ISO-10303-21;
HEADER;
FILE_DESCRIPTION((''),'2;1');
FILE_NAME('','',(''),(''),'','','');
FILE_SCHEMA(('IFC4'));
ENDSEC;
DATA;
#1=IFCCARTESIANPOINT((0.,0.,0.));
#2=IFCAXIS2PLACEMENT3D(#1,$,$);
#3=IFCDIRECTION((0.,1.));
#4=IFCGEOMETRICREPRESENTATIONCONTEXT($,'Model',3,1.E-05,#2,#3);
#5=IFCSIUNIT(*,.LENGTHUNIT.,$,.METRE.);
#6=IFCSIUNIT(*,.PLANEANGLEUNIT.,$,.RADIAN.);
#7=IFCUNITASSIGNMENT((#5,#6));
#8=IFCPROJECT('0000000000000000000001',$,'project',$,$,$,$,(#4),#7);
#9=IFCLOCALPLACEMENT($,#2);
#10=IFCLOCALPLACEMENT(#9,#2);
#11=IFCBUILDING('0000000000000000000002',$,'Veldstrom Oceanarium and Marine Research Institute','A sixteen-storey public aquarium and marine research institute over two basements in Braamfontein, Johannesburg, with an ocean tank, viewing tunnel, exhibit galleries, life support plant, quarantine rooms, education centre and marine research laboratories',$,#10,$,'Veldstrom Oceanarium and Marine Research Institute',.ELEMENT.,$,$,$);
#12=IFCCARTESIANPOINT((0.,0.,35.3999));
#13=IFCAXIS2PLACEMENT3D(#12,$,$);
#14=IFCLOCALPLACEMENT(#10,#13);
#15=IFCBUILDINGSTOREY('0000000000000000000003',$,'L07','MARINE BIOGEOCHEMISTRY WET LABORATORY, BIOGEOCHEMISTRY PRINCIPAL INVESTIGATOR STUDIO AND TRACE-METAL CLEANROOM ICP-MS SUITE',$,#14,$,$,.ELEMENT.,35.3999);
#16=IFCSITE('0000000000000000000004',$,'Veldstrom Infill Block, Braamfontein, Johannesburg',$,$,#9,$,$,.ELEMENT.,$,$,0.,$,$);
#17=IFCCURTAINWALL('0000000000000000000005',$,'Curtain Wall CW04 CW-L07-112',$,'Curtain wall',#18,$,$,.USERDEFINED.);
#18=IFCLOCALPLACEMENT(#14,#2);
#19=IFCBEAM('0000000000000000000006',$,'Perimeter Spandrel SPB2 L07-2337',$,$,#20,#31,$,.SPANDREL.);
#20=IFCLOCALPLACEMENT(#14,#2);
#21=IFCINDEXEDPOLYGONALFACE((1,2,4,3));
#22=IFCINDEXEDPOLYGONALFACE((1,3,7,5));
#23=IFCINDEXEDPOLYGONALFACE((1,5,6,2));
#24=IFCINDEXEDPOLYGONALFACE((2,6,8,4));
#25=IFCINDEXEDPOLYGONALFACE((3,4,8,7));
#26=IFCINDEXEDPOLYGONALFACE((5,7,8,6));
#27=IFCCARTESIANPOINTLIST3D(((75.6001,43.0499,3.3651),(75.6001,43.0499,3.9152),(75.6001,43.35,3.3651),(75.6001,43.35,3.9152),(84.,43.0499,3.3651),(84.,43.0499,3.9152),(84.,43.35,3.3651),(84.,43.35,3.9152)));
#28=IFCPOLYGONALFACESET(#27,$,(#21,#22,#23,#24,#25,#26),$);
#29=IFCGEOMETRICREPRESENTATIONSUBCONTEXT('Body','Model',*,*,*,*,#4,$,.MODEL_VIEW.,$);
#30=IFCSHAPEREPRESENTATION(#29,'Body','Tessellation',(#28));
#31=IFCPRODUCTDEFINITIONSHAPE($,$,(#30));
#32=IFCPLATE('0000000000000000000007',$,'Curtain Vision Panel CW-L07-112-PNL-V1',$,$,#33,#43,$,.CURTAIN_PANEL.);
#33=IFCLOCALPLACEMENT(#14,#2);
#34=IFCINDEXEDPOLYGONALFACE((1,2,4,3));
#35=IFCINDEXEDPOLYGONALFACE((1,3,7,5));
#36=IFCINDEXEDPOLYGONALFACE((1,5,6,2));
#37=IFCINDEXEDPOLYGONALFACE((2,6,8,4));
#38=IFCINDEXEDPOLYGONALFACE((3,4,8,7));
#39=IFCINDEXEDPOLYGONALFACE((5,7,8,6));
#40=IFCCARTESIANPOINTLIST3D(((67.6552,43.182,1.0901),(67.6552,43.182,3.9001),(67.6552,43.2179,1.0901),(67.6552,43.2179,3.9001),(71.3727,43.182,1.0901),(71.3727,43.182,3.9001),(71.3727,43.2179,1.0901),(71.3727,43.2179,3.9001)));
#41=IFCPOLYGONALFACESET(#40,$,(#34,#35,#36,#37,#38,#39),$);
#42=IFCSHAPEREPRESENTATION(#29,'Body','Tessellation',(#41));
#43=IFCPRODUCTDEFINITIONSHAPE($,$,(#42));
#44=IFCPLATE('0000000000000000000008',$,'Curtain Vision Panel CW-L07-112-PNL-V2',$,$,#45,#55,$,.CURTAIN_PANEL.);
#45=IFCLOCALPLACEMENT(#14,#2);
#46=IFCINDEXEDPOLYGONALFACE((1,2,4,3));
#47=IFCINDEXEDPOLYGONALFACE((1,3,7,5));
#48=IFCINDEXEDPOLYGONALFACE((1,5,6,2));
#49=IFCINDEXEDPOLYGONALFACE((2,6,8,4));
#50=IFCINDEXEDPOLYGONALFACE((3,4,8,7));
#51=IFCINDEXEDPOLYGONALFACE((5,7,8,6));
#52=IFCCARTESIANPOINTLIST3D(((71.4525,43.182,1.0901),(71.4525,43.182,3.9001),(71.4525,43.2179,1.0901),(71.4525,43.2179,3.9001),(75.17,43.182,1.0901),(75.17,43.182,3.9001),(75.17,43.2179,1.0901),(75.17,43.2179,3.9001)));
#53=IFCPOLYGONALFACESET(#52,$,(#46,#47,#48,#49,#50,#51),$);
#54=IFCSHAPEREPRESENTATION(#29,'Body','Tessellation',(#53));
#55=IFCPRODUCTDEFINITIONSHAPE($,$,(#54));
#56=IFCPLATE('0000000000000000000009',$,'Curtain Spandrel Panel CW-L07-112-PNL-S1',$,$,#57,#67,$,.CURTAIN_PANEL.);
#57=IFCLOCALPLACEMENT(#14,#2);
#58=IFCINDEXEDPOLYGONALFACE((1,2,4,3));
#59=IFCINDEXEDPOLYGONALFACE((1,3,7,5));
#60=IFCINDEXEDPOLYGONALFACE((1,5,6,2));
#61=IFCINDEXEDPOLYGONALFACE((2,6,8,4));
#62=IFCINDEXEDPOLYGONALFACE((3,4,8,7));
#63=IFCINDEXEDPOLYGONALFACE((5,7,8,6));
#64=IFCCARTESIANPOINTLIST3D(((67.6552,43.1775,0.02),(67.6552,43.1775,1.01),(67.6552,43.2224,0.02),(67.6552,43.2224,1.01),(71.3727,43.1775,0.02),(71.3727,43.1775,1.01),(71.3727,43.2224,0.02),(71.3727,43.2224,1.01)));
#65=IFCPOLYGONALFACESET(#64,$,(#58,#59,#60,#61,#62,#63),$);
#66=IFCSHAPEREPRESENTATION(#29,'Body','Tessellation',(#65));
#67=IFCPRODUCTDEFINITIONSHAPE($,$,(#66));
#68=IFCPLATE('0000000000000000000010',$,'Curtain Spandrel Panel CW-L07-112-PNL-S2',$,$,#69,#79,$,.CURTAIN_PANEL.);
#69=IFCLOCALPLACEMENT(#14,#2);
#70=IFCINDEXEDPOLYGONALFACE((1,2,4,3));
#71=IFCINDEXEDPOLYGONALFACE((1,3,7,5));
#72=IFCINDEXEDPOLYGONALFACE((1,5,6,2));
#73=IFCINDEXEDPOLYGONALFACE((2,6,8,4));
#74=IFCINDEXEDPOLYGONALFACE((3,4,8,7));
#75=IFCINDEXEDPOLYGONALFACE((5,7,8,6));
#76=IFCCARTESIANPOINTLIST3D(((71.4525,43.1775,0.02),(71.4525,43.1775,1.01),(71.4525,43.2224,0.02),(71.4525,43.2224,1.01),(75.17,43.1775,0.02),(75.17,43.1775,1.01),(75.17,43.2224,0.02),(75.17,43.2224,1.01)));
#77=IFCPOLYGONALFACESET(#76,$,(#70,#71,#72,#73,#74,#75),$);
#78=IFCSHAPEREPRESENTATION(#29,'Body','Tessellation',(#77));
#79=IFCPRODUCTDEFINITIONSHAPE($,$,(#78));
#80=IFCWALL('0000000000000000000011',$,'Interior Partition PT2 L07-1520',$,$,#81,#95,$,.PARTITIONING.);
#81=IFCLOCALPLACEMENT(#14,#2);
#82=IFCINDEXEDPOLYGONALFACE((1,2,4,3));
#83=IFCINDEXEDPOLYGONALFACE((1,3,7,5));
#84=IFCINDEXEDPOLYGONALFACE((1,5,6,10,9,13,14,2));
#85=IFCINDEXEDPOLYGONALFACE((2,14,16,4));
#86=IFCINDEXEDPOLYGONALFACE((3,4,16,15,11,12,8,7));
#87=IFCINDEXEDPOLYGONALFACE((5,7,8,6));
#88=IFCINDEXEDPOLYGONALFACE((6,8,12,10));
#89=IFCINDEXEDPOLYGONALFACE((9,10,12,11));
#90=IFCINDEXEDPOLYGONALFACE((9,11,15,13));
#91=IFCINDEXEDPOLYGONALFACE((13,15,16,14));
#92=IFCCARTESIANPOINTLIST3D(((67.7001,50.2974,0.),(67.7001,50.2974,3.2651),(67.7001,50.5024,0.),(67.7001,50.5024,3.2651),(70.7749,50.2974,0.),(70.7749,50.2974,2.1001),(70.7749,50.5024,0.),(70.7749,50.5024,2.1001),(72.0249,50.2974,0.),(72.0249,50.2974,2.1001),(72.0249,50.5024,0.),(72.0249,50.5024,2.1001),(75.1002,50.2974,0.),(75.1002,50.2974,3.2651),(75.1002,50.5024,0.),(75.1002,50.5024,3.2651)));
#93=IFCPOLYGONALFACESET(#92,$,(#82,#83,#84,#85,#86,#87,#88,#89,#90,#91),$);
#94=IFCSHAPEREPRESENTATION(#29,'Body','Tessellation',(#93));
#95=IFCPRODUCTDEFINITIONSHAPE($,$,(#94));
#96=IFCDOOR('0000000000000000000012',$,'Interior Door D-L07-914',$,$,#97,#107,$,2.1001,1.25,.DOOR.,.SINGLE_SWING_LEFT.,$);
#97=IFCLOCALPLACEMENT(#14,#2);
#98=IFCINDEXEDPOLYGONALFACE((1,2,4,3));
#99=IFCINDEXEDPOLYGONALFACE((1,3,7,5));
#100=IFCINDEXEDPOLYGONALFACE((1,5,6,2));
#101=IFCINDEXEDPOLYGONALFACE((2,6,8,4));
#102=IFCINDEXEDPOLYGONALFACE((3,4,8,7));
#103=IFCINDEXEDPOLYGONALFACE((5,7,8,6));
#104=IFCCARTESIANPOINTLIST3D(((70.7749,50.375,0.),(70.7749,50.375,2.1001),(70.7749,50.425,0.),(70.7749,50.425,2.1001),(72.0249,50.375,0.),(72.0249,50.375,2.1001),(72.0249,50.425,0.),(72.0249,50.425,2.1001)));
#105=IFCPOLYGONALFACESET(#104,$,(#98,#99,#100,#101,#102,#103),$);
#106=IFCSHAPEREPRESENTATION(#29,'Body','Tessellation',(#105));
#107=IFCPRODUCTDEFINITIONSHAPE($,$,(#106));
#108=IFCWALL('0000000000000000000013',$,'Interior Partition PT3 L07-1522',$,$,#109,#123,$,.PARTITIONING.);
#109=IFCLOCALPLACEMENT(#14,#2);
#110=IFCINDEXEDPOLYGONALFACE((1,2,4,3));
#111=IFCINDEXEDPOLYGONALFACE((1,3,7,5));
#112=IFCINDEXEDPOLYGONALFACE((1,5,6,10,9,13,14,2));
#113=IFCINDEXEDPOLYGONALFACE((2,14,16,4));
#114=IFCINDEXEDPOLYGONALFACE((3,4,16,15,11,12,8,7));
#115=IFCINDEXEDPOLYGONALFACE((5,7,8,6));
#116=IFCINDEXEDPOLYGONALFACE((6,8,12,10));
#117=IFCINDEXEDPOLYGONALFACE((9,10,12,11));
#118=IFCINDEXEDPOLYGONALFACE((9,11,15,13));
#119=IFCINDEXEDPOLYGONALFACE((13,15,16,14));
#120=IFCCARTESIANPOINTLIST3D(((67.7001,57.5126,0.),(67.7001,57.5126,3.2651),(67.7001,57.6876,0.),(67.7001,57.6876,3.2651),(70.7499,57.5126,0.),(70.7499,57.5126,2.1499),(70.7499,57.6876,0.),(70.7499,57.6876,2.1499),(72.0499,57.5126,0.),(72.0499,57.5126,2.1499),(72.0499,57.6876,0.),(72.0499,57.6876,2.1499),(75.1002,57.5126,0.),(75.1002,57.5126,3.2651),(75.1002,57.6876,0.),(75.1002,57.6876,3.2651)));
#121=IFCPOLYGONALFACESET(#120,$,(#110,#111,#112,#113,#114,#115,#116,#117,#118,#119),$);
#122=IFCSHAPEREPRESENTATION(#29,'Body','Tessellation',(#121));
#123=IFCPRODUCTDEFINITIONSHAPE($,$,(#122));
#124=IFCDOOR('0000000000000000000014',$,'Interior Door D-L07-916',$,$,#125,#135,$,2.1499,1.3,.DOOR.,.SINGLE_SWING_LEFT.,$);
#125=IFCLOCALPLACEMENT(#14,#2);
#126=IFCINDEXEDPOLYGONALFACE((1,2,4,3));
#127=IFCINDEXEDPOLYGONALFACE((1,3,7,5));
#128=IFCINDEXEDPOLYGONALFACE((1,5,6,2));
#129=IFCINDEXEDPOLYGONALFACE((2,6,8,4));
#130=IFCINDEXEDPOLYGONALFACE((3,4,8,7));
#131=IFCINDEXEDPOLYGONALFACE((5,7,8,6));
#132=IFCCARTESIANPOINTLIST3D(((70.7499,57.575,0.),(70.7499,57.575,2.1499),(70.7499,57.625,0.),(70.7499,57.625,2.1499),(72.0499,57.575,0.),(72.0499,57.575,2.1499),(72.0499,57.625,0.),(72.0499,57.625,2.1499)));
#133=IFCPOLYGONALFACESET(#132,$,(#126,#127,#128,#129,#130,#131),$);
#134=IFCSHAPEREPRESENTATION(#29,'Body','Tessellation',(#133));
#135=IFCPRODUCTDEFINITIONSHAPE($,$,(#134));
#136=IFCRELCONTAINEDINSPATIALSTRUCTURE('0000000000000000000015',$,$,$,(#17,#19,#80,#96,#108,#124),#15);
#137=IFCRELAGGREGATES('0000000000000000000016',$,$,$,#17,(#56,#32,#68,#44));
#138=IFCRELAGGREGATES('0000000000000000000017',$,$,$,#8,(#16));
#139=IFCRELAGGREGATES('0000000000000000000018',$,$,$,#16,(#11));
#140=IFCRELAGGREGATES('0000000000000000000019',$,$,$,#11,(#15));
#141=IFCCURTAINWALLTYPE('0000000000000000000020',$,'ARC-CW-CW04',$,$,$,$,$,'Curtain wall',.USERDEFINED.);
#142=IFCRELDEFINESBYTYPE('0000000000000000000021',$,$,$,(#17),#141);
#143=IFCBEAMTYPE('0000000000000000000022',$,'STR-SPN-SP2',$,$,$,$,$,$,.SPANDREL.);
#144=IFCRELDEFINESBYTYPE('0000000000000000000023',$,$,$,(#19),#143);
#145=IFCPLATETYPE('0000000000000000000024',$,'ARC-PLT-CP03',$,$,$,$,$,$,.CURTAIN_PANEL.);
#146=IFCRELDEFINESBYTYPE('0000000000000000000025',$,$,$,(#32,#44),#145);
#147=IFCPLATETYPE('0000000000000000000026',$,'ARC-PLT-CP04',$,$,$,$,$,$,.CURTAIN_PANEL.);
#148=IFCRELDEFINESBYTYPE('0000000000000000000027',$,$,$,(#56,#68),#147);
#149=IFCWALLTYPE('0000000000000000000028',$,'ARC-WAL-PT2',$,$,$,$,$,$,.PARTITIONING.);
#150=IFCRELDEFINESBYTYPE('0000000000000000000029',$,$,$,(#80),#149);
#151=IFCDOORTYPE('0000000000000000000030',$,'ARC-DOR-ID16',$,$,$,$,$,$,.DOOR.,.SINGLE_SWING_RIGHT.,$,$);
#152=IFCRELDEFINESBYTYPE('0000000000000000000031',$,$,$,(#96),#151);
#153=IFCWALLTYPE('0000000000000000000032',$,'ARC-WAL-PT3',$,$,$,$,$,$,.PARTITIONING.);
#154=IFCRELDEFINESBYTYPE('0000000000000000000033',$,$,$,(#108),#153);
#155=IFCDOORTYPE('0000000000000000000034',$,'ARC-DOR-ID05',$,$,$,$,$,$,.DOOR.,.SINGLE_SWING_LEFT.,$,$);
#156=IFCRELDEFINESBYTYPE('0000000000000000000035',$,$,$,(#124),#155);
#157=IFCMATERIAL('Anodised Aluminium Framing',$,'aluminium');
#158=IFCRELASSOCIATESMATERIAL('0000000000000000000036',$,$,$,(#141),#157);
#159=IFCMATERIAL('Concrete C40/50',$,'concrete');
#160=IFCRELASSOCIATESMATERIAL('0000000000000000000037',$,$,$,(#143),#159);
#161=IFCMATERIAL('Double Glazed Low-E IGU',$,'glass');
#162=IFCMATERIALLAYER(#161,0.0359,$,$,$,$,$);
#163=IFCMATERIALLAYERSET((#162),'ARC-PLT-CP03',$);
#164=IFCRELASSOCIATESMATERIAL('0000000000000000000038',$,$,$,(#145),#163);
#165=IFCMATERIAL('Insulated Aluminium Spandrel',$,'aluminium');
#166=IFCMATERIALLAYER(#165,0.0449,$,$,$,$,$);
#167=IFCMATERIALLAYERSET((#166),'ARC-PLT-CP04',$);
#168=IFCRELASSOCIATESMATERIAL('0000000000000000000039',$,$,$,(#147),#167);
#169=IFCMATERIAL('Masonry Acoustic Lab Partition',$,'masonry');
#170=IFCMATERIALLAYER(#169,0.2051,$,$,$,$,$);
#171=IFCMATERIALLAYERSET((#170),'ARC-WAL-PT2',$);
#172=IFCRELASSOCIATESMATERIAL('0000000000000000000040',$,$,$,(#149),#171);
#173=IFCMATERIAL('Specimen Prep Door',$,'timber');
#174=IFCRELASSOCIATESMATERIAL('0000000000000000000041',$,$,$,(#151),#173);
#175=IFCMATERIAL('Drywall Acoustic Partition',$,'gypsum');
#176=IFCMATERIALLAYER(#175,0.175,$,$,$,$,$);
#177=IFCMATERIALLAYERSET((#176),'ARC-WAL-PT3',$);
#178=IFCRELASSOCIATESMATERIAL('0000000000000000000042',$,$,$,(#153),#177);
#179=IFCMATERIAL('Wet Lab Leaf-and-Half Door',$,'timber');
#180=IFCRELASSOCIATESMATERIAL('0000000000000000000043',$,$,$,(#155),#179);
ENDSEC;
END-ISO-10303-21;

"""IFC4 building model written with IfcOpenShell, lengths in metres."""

from ifc_helpers import new_model, si_unit, direction, frame, frame_2d, origin, origin_2d, place, context, subcontext, project, spatial, rectangle, extrude, material, layer, layer_set, material_profile, profile_set, type_object, element, fill, aggregate, save


model = new_model("IFC4")

# Units and contexts
model_context = context("Model", 3, precision=1e-05, world=origin(), true_north=direction((0.0, 1.0)))
body_context = subcontext(model_context, "Body", "Model", "MODEL_VIEW")
ifc_project = project(units=[si_unit("LENGTHUNIT", "METRE"), si_unit("PLANEANGLEUNIT", "RADIAN")], contexts=[model_context])

# Site, building, storey
site_placement = place(None, origin())
site = spatial("IfcSite", under=ifc_project, at=site_placement, Name="Veldstrom Infill Block, Braamfontein, Johannesburg", CompositionType="ELEMENT", RefElevation=0.0)
building_placement = place(site_placement, origin())
building = spatial("IfcBuilding", under=site, at=building_placement, Name="Veldstrom Oceanarium and Marine Research Institute", Description="A sixteen-storey public aquarium and marine research institute over two basements in Braamfontein, Johannesburg, with an ocean tank, viewing tunnel, exhibit galleries, life support plant, quarantine rooms, education centre and marine research laboratories", LongName="Veldstrom Oceanarium and Marine Research Institute", CompositionType="ELEMENT")
storey_placement = place(building_placement, frame((0.0, 0.0, 35.3999)))
storey = spatial("IfcBuildingStorey", under=building, at=storey_placement, Name="L07", Description="MARINE BIOGEOCHEMISTRY WET LABORATORY, BIOGEOCHEMISTRY PRINCIPAL INVESTIGATOR STUDIO AND TRACE-METAL CLEANROOM ICP-MS SUITE", CompositionType="ELEMENT", Elevation=35.3999)

# Curtain wall
ifc_material_1 = material(Name="Anodised Aluminium Framing", Category="aluminium")
curtain_wall_type = type_object("IfcCurtainWallType", Name="ARC-CW-CW04", ElementType="Curtain wall", PredefinedType="USERDEFINED", material=ifc_material_1)
curtain_wall_placement = place(storey_placement, origin())
curtain_wall = element("IfcCurtainWall", 1, at=curtain_wall_placement, inside=storey, type_object=curtain_wall_type, Name="Curtain Wall CW04 CW-L07-112", ObjectType="Curtain wall", PredefinedType="USERDEFINED")

# Beam
ifc_material_2 = material(Name="Concrete C40/50", Category="concrete")
ifc_material_profile_1 = material_profile(ifc_material_2, rectangle(XDim=0.3, YDim=0.55, at=origin_2d()), Name="RC-SPN-300x550")
ifc_profile_set_1 = profile_set([ifc_material_profile_1], Name="Concrete C40/50")
beam_type_1 = type_object("IfcBeamType", Name="STR-SPN-SP2", PredefinedType="SPANDREL", material=ifc_profile_set_1)
beam_1_placement = place(storey_placement, frame((75.6001, 43.2, 3.6401), z_axis=(1.0, 0.0, 0.0), x_axis=(0.0, 1.0, 0.0)))
element("IfcBeam", 2, at=beam_1_placement, inside=storey, type_object=beam_type_1, Name="Perimeter Spandrel SPB2 L07-2337", PredefinedType="SPANDREL", context=body_context, shape_type="SweptSolid", body=[
    extrude(rectangle(XDim=0.3, YDim=0.55, at=origin_2d()), origin(), (0.0, 0.0, 1.0), 8.3999),
])

# Plates
ifc_material_3 = material(Name="Double Glazed Low-E IGU", Category="glass")
ifc_layer_1 = layer(ifc_material_3, 0.0359)
ifc_layer_set_1 = layer_set([ifc_layer_1], Name="ARC-PLT-CP03")
plate_type_1 = type_object("IfcPlateType", Name="ARC-PLT-CP03", PredefinedType="CURTAIN_PANEL", material=ifc_layer_set_1)
plate_1_placement = place(storey_placement, frame((69.5139, 43.2, 1.0901), z_axis=(0.0, 0.0, 1.0), x_axis=(1.0, 0.0, 0.0)))
plate_1 = element("IfcPlate", 3, at=plate_1_placement, type_object=plate_type_1, Name="Curtain Vision Panel CW-L07-112-PNL-V1", PredefinedType="CURTAIN_PANEL", context=body_context, shape_type="SweptSolid", body=[
    extrude(rectangle(XDim=3.7175, YDim=0.0359, at=origin_2d()), origin(), (0.0, 0.0, 1.0), 2.8101),
])
plate_2_placement = place(storey_placement, frame((73.3113, 43.2, 1.0901), z_axis=(0.0, 0.0, 1.0), x_axis=(1.0, 0.0, 0.0)))
plate_2 = element("IfcPlate", 4, at=plate_2_placement, type_object=plate_type_1, Name="Curtain Vision Panel CW-L07-112-PNL-V2", PredefinedType="CURTAIN_PANEL", context=body_context, shape_type="SweptSolid", body=[
    extrude(rectangle(XDim=3.7175, YDim=0.0359, at=origin_2d()), origin(), (0.0, 0.0, 1.0), 2.8101),
])
ifc_material_4 = material(Name="Insulated Aluminium Spandrel", Category="aluminium")
ifc_layer_2 = layer(ifc_material_4, 0.0449)
ifc_layer_set_2 = layer_set([ifc_layer_2], Name="ARC-PLT-CP04")
plate_type_2 = type_object("IfcPlateType", Name="ARC-PLT-CP04", PredefinedType="CURTAIN_PANEL", material=ifc_layer_set_2)
plate_3_placement = place(storey_placement, frame((69.5139, 43.2, 0.02), z_axis=(0.0, 0.0, 1.0), x_axis=(1.0, 0.0, 0.0)))
plate_3 = element("IfcPlate", 5, at=plate_3_placement, type_object=plate_type_2, Name="Curtain Spandrel Panel CW-L07-112-PNL-S1", PredefinedType="CURTAIN_PANEL", context=body_context, shape_type="SweptSolid", body=[
    extrude(rectangle(XDim=3.7175, YDim=0.0449, at=origin_2d()), origin(), (0.0, 0.0, 1.0), 0.99),
])
plate_4_placement = place(storey_placement, frame((73.3113, 43.2, 0.02), z_axis=(0.0, 0.0, 1.0), x_axis=(1.0, 0.0, 0.0)))
plate_4 = element("IfcPlate", 6, at=plate_4_placement, type_object=plate_type_2, Name="Curtain Spandrel Panel CW-L07-112-PNL-S2", PredefinedType="CURTAIN_PANEL", context=body_context, shape_type="SweptSolid", body=[
    extrude(rectangle(XDim=3.7175, YDim=0.0449, at=origin_2d()), origin(), (0.0, 0.0, 1.0), 0.99),
])
aggregate(curtain_wall, [plate_3, plate_1, plate_4, plate_2])

# Walls, openings, doors
ifc_material_5 = material(Name="Masonry Acoustic Lab Partition", Category="masonry")
ifc_layer_3 = layer(ifc_material_5, 0.2051)
ifc_layer_set_3 = layer_set([ifc_layer_3], Name="ARC-WAL-PT2")
wall_type_1 = type_object("IfcWallType", Name="ARC-WAL-PT2", PredefinedType="PARTITIONING", material=ifc_layer_set_3)
wall_1_placement = place(storey_placement, frame((67.7, 50.3999, 0.0), z_axis=(0.0, 0.0, 1.0), x_axis=(1.0, 0.0, 0.0)))
wall_1 = element("IfcWall", 7, at=wall_1_placement, inside=storey, type_object=wall_type_1, Name="Interior Partition PT2 L07-1520", PredefinedType="PARTITIONING", context=body_context, shape_type="SweptSolid", body=[
    extrude(rectangle(XDim=7.4001, YDim=0.2051, at=frame_2d((3.7002, 0.0))), origin(), (0.0, 0.0, 1.0), 3.2651),
])
opening_1_placement = place(wall_1_placement, frame((3.075, 0.0, 0.0)))
opening_1 = element("IfcOpeningElement", 8, at=opening_1_placement, cuts=wall_1, PredefinedType="OPENING", context=body_context, shape_type="SweptSolid", body=[
    extrude(rectangle(XDim=1.25, YDim=2.1001, at=frame_2d((0.625, 1.05))), frame((0.0, 0.1125, 0.0), z_axis=(0.0, -1.0, 0.0), x_axis=(1.0, 0.0, 0.0)), (0.0, 0.0, 1.0), 0.2251),
])
ifc_material_6 = material(Name="Specimen Prep Door", Category="timber")
door_type_1 = type_object("IfcDoorType", Name="ARC-DOR-ID16", OperationType="SINGLE_SWING_RIGHT", PredefinedType="DOOR", material=ifc_material_6)
door_1_placement = place(opening_1_placement, frame((1.25, 0.0, 0.0), z_axis=(0.0, 0.0, 1.0), x_axis=(-1.0, 0.0, 0.0)))
door_1 = element("IfcDoor", 9, at=door_1_placement, inside=storey, type_object=door_type_1, Name="Interior Door D-L07-914", OperationType="SINGLE_SWING_LEFT", OverallHeight=2.1001, OverallWidth=1.25, PredefinedType="DOOR", context=body_context, shape_type="SweptSolid", body=[
    extrude(rectangle(XDim=1.25, YDim=2.1001, at=frame_2d((0.625, 1.05))), frame((0.0, 0.0249, 0.0), z_axis=(0.0, -1.0, 0.0), x_axis=(1.0, 0.0, 0.0)), (0.0, 0.0, 1.0), 0.05),
])
fill(opening_1, door_1)
ifc_material_7 = material(Name="Drywall Acoustic Partition", Category="gypsum")
ifc_layer_4 = layer(ifc_material_7, 0.175)
ifc_layer_set_4 = layer_set([ifc_layer_4], Name="ARC-WAL-PT3")
wall_type_2 = type_object("IfcWallType", Name="ARC-WAL-PT3", PredefinedType="PARTITIONING", material=ifc_layer_set_4)
wall_2_placement = place(storey_placement, frame((67.7, 57.6001, 0.0), z_axis=(0.0, 0.0, 1.0), x_axis=(1.0, 0.0, 0.0)))
wall_2 = element("IfcWall", 10, at=wall_2_placement, inside=storey, type_object=wall_type_2, Name="Interior Partition PT3 L07-1522", PredefinedType="PARTITIONING", context=body_context, shape_type="SweptSolid", body=[
    extrude(rectangle(XDim=7.4001, YDim=0.175, at=frame_2d((3.7002, 0.0))), origin(), (0.0, 0.0, 1.0), 3.2651),
])
opening_2_placement = place(wall_2_placement, frame((3.05, 0.0, 0.0)))
opening_2 = element("IfcOpeningElement", 11, at=opening_2_placement, cuts=wall_2, PredefinedType="OPENING", context=body_context, shape_type="SweptSolid", body=[
    extrude(rectangle(XDim=1.3, YDim=2.1499, at=frame_2d((0.6499, 1.075))), frame((0.0, 0.0974, 0.0), z_axis=(0.0, -1.0, 0.0), x_axis=(1.0, 0.0, 0.0)), (0.0, 0.0, 1.0), 0.1951),
])
ifc_material_8 = material(Name="Wet Lab Leaf-and-Half Door", Category="timber")
door_type_2 = type_object("IfcDoorType", Name="ARC-DOR-ID05", OperationType="SINGLE_SWING_LEFT", PredefinedType="DOOR", material=ifc_material_8)
door_2_placement = place(opening_2_placement, origin())
door_2 = element("IfcDoor", 12, at=door_2_placement, inside=storey, type_object=door_type_2, Name="Interior Door D-L07-916", OperationType="SINGLE_SWING_LEFT", OverallHeight=2.1499, OverallWidth=1.3, PredefinedType="DOOR", context=body_context, shape_type="SweptSolid", body=[
    extrude(rectangle(XDim=1.3, YDim=2.1499, at=frame_2d((0.6499, 1.075))), frame((0.0, 0.0249, 0.0), z_axis=(0.0, -1.0, 0.0), x_axis=(1.0, 0.0, 0.0)), (0.0, 0.0, 1.0), 0.05),
])
fill(opening_2, door_2)

save(model, "model.ifc")
